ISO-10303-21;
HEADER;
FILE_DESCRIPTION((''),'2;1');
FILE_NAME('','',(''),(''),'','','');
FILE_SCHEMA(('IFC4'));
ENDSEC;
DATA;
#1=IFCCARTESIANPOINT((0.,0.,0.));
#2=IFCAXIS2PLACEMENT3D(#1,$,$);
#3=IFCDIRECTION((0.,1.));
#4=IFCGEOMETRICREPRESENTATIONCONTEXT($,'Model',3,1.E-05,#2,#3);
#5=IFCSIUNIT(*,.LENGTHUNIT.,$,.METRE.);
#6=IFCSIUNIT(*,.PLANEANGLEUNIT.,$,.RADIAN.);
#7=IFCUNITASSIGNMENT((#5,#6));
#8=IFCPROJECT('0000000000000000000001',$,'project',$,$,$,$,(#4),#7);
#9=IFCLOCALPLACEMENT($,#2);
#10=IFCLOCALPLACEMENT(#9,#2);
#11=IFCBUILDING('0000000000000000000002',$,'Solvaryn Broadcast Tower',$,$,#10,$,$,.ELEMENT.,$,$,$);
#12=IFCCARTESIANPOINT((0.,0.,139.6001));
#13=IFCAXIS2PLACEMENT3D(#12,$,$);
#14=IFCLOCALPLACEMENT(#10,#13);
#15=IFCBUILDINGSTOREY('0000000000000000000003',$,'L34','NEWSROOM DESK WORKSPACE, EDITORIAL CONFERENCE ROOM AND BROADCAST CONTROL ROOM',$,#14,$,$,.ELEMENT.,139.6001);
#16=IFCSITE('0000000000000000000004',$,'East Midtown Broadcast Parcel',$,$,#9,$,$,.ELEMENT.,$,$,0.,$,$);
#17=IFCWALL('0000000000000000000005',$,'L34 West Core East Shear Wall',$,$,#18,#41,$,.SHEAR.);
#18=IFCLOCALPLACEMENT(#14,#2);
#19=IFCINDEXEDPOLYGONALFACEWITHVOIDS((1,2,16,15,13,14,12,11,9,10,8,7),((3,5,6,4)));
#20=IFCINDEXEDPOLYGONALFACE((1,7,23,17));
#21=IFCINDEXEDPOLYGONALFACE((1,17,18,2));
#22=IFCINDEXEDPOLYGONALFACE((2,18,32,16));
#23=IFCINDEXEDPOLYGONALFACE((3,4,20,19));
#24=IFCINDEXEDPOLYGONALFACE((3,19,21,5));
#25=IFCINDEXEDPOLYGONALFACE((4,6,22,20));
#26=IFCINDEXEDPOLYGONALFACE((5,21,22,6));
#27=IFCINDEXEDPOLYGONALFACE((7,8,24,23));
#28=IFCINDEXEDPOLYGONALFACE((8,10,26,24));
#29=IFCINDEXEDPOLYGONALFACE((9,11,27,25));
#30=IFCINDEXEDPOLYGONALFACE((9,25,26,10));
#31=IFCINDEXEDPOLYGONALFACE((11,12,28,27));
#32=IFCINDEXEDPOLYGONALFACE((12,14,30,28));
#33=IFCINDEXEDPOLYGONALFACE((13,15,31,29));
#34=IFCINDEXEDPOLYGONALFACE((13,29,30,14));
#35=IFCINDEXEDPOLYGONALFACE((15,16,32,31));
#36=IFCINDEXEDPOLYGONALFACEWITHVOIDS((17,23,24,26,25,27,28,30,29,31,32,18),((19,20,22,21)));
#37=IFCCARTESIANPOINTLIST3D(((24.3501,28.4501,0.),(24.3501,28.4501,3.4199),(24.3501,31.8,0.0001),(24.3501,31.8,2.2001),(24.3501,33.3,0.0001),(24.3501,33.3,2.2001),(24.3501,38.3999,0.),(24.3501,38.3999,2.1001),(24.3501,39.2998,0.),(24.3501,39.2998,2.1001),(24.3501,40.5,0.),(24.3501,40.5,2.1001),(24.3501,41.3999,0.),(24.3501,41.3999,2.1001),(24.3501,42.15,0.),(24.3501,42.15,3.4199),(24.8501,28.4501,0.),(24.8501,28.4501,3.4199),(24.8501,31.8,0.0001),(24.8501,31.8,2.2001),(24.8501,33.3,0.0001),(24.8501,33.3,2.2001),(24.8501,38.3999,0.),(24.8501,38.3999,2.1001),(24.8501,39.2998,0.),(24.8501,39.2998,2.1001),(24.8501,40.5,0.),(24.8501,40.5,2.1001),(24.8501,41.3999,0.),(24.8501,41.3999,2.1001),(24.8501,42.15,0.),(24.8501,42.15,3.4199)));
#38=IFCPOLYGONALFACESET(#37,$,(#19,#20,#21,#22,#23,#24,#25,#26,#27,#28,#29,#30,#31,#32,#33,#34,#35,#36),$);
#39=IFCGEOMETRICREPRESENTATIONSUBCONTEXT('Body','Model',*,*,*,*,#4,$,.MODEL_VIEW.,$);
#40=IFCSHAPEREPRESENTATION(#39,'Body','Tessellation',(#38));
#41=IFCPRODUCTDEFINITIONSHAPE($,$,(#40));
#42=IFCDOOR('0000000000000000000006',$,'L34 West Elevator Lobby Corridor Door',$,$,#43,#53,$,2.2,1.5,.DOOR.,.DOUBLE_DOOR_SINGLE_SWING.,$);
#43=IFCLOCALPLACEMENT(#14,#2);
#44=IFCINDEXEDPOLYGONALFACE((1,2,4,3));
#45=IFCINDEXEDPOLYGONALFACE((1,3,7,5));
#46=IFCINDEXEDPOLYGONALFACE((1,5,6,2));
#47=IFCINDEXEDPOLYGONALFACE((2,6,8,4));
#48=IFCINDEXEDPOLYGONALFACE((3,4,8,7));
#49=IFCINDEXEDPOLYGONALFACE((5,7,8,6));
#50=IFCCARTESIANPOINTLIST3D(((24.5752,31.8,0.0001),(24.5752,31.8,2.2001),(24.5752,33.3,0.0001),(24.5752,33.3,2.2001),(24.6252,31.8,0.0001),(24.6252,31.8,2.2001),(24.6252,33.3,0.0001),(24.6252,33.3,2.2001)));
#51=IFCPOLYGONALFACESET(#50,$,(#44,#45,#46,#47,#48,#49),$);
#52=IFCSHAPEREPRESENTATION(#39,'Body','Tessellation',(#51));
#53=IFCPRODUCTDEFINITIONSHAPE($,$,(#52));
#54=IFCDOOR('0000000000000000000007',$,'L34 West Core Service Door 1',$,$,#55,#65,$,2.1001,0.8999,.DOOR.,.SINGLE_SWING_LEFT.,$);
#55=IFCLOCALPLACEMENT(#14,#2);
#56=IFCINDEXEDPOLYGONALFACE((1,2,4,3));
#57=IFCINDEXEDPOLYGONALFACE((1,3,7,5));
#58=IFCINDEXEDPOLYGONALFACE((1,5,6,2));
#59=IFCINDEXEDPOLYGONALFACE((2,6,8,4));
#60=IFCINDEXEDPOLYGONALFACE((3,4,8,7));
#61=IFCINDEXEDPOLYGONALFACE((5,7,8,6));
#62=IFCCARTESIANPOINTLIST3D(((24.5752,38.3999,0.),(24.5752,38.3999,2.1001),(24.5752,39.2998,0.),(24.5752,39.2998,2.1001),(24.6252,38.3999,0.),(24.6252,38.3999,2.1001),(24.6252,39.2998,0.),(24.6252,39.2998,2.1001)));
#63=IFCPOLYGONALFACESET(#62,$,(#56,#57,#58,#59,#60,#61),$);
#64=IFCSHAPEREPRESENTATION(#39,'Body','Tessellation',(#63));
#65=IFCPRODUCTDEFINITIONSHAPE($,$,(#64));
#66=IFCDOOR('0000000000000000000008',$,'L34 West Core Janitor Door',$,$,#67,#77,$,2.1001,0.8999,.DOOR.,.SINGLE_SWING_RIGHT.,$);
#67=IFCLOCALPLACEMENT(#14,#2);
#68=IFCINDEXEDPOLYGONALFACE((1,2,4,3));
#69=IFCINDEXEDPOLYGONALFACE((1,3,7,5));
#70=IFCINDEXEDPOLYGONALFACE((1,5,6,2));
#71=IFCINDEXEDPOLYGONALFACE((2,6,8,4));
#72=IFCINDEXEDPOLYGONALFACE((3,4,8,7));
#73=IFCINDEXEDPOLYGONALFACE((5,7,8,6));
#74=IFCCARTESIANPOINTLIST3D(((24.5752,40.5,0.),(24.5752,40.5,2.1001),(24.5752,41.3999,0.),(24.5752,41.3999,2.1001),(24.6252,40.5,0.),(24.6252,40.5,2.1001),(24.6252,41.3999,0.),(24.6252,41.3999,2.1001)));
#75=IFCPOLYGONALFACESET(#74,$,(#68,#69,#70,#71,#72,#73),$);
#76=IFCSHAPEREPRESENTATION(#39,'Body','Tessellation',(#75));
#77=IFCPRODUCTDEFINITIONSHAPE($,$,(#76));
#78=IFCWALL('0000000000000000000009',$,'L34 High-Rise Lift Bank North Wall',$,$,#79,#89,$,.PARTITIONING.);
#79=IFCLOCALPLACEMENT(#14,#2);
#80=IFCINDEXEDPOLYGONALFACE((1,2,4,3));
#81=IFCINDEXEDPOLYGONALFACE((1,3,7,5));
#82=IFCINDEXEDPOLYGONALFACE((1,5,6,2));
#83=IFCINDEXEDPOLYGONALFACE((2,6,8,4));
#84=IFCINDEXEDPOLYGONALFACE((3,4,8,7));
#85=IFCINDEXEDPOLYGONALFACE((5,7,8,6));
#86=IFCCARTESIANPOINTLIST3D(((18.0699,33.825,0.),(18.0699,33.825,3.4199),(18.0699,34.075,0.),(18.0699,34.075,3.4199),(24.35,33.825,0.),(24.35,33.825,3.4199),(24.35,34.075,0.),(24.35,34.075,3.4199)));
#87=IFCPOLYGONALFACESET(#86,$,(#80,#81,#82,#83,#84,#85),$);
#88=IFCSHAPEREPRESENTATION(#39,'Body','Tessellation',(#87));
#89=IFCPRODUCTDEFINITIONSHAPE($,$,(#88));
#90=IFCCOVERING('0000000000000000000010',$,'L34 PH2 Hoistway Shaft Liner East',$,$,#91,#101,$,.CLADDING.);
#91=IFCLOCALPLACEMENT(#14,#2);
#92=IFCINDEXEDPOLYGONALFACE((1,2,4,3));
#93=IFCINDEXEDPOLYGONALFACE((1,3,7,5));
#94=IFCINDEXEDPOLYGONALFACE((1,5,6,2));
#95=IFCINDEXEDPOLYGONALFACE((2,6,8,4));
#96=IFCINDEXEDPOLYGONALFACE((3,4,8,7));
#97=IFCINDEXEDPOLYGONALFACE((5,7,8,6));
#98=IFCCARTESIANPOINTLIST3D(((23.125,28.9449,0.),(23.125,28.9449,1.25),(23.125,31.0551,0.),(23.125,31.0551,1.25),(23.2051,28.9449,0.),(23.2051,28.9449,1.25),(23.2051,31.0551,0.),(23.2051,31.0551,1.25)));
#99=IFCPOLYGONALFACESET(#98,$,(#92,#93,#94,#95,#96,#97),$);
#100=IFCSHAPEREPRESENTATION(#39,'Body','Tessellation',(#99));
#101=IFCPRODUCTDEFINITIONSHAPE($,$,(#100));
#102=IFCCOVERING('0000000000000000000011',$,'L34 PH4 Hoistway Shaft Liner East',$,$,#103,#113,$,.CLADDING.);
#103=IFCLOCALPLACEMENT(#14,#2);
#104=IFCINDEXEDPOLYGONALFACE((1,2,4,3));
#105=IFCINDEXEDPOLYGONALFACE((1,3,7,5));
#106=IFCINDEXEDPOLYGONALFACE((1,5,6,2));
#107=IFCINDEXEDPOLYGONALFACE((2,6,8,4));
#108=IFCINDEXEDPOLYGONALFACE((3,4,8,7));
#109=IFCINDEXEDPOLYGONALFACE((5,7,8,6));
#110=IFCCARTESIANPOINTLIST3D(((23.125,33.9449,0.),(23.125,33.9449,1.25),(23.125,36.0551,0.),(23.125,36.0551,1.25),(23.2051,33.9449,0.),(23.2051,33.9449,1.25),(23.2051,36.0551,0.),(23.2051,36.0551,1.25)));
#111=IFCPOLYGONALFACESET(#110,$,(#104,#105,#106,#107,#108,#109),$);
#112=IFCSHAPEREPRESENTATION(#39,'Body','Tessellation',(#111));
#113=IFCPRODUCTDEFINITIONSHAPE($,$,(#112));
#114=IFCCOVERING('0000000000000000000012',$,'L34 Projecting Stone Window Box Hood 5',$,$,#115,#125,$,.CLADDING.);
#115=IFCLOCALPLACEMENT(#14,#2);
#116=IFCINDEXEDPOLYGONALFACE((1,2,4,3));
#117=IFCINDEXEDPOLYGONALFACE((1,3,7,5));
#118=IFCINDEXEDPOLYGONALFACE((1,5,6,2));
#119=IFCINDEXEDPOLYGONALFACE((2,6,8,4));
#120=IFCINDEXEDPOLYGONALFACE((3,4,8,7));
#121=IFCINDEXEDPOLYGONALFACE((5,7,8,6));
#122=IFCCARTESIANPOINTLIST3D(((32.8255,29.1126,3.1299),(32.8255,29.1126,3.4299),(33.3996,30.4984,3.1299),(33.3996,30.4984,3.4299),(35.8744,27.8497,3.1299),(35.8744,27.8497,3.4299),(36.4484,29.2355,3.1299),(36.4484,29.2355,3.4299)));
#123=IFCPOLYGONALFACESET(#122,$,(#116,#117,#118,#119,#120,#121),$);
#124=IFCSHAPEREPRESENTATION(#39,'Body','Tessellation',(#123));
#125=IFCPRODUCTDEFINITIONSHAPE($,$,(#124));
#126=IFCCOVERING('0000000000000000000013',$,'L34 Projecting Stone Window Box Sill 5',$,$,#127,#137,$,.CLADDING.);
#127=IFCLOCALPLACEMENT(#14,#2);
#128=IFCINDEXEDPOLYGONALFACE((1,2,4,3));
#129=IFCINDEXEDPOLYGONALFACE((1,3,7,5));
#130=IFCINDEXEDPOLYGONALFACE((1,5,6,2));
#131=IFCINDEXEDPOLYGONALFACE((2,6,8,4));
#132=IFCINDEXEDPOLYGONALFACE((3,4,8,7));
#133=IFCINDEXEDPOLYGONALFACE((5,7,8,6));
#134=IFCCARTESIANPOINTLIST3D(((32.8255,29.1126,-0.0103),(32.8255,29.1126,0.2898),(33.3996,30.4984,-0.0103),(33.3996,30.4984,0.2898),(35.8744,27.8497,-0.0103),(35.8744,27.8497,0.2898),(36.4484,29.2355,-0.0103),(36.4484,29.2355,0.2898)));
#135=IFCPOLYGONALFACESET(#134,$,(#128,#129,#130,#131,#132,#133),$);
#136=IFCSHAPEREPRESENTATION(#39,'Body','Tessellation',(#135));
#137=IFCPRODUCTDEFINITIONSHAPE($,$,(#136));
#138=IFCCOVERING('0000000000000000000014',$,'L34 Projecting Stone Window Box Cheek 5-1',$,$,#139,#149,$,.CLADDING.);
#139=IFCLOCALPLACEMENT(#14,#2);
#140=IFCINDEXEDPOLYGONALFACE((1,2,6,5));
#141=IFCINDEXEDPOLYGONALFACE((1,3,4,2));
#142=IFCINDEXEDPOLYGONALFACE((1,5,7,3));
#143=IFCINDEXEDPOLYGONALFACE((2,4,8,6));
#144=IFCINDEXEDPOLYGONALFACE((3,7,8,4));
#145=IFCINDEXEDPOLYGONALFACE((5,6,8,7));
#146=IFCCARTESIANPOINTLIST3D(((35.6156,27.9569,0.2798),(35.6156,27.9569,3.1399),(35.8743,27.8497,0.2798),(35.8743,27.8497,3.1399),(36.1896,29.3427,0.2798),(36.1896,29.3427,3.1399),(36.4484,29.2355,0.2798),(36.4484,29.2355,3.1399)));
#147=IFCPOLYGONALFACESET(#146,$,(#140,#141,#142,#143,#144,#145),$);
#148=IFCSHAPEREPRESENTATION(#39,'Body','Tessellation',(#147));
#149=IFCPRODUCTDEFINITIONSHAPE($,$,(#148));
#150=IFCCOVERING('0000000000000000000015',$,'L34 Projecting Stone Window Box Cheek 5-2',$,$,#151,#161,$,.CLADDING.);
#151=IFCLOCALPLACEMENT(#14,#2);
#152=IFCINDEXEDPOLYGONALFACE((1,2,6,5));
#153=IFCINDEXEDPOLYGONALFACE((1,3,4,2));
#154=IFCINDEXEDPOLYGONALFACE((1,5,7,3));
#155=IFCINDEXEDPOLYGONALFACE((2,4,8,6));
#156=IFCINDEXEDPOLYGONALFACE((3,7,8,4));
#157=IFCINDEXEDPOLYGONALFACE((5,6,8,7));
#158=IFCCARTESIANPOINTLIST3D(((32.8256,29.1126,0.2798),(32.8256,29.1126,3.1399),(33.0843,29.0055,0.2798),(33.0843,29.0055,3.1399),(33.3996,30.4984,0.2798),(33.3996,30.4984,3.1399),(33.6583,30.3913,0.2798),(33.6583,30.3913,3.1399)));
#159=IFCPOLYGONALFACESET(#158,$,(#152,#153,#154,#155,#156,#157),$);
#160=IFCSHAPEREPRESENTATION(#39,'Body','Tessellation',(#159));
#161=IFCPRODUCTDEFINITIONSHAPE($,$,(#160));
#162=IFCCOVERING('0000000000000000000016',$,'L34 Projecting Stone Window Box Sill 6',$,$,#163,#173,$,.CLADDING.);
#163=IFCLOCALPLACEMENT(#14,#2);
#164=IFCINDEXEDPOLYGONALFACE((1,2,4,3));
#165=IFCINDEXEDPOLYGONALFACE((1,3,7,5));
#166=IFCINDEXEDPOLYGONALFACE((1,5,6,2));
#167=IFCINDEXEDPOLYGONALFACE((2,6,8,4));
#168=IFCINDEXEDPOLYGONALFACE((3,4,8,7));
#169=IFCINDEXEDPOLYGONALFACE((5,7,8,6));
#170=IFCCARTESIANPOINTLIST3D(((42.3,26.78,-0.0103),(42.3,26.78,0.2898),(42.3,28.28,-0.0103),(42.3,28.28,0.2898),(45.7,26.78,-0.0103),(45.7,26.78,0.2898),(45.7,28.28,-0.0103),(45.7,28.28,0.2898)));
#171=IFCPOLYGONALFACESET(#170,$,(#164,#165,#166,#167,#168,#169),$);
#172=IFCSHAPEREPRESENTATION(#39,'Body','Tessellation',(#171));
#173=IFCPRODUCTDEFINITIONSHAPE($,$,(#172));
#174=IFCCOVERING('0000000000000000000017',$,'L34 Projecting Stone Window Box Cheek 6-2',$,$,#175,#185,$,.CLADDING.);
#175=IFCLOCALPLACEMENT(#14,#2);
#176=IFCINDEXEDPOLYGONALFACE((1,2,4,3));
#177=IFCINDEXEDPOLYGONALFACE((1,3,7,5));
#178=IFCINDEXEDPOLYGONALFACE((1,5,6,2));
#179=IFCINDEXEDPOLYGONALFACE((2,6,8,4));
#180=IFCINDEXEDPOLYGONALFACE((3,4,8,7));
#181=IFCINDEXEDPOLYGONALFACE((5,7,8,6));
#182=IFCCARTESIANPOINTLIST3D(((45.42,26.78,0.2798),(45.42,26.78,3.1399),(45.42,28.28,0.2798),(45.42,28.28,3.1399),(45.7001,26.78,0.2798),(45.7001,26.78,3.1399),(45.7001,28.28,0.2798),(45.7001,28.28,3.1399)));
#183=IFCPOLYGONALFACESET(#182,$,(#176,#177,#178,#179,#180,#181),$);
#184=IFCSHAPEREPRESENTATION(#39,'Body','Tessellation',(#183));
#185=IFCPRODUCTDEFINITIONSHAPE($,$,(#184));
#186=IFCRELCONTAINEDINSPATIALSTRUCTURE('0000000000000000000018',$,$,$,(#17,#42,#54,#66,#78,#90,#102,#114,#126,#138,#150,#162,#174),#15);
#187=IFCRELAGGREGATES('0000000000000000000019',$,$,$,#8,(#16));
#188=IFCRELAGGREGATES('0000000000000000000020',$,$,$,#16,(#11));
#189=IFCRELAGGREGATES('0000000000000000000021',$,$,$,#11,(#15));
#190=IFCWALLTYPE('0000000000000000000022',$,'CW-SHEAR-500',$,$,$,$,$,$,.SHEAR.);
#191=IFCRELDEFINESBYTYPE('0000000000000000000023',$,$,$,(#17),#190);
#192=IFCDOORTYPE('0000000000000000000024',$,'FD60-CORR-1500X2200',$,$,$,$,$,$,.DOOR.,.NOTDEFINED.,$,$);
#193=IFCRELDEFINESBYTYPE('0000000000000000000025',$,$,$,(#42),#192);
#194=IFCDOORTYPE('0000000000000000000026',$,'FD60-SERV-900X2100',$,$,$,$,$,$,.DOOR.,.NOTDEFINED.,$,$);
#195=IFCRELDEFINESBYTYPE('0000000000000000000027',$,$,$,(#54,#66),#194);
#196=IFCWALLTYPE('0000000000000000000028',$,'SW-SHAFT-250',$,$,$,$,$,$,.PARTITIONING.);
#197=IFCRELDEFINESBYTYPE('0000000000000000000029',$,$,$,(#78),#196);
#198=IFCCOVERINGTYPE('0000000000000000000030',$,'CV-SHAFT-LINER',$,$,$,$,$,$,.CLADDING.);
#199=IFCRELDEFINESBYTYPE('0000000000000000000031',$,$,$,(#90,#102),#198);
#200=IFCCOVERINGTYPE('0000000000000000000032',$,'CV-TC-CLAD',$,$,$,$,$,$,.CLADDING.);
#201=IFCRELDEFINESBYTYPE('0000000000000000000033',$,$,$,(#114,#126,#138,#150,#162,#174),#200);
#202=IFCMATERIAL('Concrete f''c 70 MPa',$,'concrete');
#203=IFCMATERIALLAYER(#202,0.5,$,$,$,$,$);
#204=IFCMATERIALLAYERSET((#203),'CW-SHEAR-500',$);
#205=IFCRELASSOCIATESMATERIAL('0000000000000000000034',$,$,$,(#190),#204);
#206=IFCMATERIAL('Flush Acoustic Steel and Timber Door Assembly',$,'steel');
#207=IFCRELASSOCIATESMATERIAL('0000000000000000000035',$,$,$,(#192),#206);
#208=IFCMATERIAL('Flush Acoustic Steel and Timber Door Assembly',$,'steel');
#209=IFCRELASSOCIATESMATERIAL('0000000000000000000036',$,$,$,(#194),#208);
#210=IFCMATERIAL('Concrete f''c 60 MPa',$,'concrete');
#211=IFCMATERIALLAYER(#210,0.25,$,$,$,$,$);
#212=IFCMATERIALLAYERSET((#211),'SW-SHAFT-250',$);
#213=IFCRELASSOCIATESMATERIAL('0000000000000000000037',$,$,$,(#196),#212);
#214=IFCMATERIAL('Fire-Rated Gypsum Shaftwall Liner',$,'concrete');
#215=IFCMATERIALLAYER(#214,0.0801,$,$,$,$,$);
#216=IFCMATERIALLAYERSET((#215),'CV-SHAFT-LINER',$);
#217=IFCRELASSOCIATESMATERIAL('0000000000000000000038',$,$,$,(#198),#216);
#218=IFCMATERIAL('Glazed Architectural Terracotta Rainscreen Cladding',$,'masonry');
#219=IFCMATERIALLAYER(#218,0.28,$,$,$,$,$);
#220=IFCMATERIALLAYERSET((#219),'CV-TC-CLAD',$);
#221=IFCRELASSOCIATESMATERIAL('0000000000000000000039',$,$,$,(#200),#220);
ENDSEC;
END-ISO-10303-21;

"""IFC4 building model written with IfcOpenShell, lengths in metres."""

from ifc_helpers import new_model, si_unit, direction, frame, frame_2d, origin, origin_2d, place, context, subcontext, project, spatial, rectangle, extrude, material, layer, layer_set, type_object, element, fill, save


model = new_model("IFC4")

# Units and contexts
model_context = context("Model", 3, precision=1e-05, world=origin(), true_north=direction((0.0, 1.0)))
body_context = subcontext(model_context, "Body", "Model", "MODEL_VIEW")
ifc_project = project(units=[si_unit("LENGTHUNIT", "METRE"), si_unit("PLANEANGLEUNIT", "RADIAN")], contexts=[model_context])

# Site, building, storey
site_placement = place(None, origin())
site = spatial("IfcSite", under=ifc_project, at=site_placement, Name="East Midtown Broadcast Parcel", CompositionType="ELEMENT", RefElevation=0.0)
building_placement = place(site_placement, origin())
building = spatial("IfcBuilding", under=site, at=building_placement, Name="Solvaryn Broadcast Tower", CompositionType="ELEMENT")
storey_placement = place(building_placement, frame((0.0, 0.0, 139.6001)))
storey = spatial("IfcBuildingStorey", under=building, at=storey_placement, Name="L34", Description="NEWSROOM DESK WORKSPACE, EDITORIAL CONFERENCE ROOM AND BROADCAST CONTROL ROOM", CompositionType="ELEMENT", Elevation=139.6001)

# Wall, openings, doors
ifc_material_1 = material(Name="Concrete f'c 70 MPa", Category="concrete")
ifc_layer_1 = layer(ifc_material_1, 0.5)
ifc_layer_set_1 = layer_set([ifc_layer_1], Name="CW-SHEAR-500")
wall_type_1 = type_object("IfcWallType", Name="CW-SHEAR-500", PredefinedType="SHEAR", material=ifc_layer_set_1)
wall_1_placement = place(storey_placement, frame((24.6001, 28.45, 0.0), z_axis=(0.0, 0.0, 1.0), x_axis=(0.0, 1.0, 0.0)))
wall_1 = element("IfcWall", 1, at=wall_1_placement, inside=storey, type_object=wall_type_1, Name="L34 West Core East Shear Wall", PredefinedType="SHEAR", context=body_context, shape_type="SweptSolid", body=[
    extrude(rectangle(XDim=13.7, YDim=0.5, at=frame_2d((6.8501, 0.0))), origin(), (0.0, 0.0, 1.0), 3.4199),
])
opening_1_placement = place(wall_1_placement, frame((3.3501, 0.0, 0.0)))
opening_1 = element("IfcOpeningElement", 2, at=opening_1_placement, cuts=wall_1, PredefinedType="OPENING", context=body_context, shape_type="SweptSolid", body=[
    extrude(rectangle(XDim=1.5, YDim=2.2, at=frame_2d((0.75, 1.1001))), frame((0.0, 0.26, 0.0), z_axis=(0.0, -1.0, 0.0), x_axis=(1.0, 0.0, 0.0)), (0.0, 0.0, 1.0), 0.52),
])
opening_2_placement = place(wall_1_placement, frame((9.95, 0.0, 0.0)))
opening_2 = element("IfcOpeningElement", 3, at=opening_2_placement, cuts=wall_1, PredefinedType="OPENING", context=body_context, shape_type="SweptSolid", body=[
    extrude(rectangle(XDim=0.8999, YDim=2.1001, at=frame_2d((0.45, 1.05))), frame((0.0, 0.26, 0.0), z_axis=(0.0, -1.0, 0.0), x_axis=(1.0, 0.0, 0.0)), (0.0, 0.0, 1.0), 0.52),
])
opening_3_placement = place(wall_1_placement, frame((12.05, 0.0, 0.0)))
opening_3 = element("IfcOpeningElement", 4, at=opening_3_placement, cuts=wall_1, PredefinedType="OPENING", context=body_context, shape_type="SweptSolid", body=[
    extrude(rectangle(XDim=0.8999, YDim=2.1001, at=frame_2d((0.45, 1.05))), frame((0.0, 0.26, 0.0), z_axis=(0.0, -1.0, 0.0), x_axis=(1.0, 0.0, 0.0)), (0.0, 0.0, 1.0), 0.52),
])
ifc_material_2 = material(Name="Flush Acoustic Steel and Timber Door Assembly", Category="steel")
door_type_1 = type_object("IfcDoorType", Name="FD60-CORR-1500X2200", OperationType="NOTDEFINED", PredefinedType="DOOR", material=ifc_material_2)
door_1_placement = place(opening_1_placement, origin())
door_1 = element("IfcDoor", 5, at=door_1_placement, inside=storey, type_object=door_type_1, Name="L34 West Elevator Lobby Corridor Door", OperationType="DOUBLE_DOOR_SINGLE_SWING", OverallHeight=2.2, OverallWidth=1.5, PredefinedType="DOOR", context=body_context, shape_type="SweptSolid", body=[
    extrude(rectangle(XDim=1.5, YDim=2.2, at=frame_2d((0.75, 1.1001))), frame((0.0, 0.0249, 0.0), z_axis=(0.0, -1.0, 0.0), x_axis=(1.0, 0.0, 0.0)), (0.0, 0.0, 1.0), 0.05),
])
fill(opening_1, door_1)
ifc_material_3 = material(Name="Flush Acoustic Steel and Timber Door Assembly", Category="steel")
door_type_2 = type_object("IfcDoorType", Name="FD60-SERV-900X2100", OperationType="NOTDEFINED", PredefinedType="DOOR", material=ifc_material_3)
door_2_placement = place(opening_2_placement, origin())
door_2 = element("IfcDoor", 6, at=door_2_placement, inside=storey, type_object=door_type_2, Name="L34 West Core Service Door 1", OperationType="SINGLE_SWING_LEFT", OverallHeight=2.1001, OverallWidth=0.8999, PredefinedType="DOOR", context=body_context, shape_type="SweptSolid", body=[
    extrude(rectangle(XDim=0.8999, YDim=2.1001, at=frame_2d((0.45, 1.05))), frame((0.0, 0.0249, 0.0), z_axis=(0.0, -1.0, 0.0), x_axis=(1.0, 0.0, 0.0)), (0.0, 0.0, 1.0), 0.05),
])
fill(opening_2, door_2)
door_3_placement = place(opening_3_placement, origin())
door_3 = element("IfcDoor", 7, at=door_3_placement, inside=storey, type_object=door_type_2, Name="L34 West Core Janitor Door", OperationType="SINGLE_SWING_RIGHT", OverallHeight=2.1001, OverallWidth=0.8999, PredefinedType="DOOR", context=body_context, shape_type="SweptSolid", body=[
    extrude(rectangle(XDim=0.8999, YDim=2.1001, at=frame_2d((0.45, 1.05))), frame((0.0, 0.0249, 0.0), z_axis=(0.0, -1.0, 0.0), x_axis=(1.0, 0.0, 0.0)), (0.0, 0.0, 1.0), 0.05),
])
fill(opening_3, door_3)

# Wall
ifc_material_4 = material(Name="Concrete f'c 60 MPa", Category="concrete")
ifc_layer_2 = layer(ifc_material_4, 0.25)
ifc_layer_set_2 = layer_set([ifc_layer_2], Name="SW-SHAFT-250")
wall_type_2 = type_object("IfcWallType", Name="SW-SHAFT-250", PredefinedType="PARTITIONING", material=ifc_layer_set_2)
wall_2_placement = place(storey_placement, frame((24.3501, 33.95, 0.0), z_axis=(0.0, 0.0, 1.0), x_axis=(-1.0, 0.0, 0.0)))
element("IfcWall", 8, at=wall_2_placement, inside=storey, type_object=wall_type_2, Name="L34 High-Rise Lift Bank North Wall", PredefinedType="PARTITIONING", context=body_context, shape_type="SweptSolid", body=[
    extrude(rectangle(XDim=6.28, YDim=0.25, at=frame_2d((3.1401, 0.0))), origin(), (0.0, 0.0, 1.0), 3.4199),
])

# Coverings
ifc_material_5 = material(Name="Fire-Rated Gypsum Shaftwall Liner", Category="concrete")
ifc_layer_3 = layer(ifc_material_5, 0.0801)
ifc_layer_set_3 = layer_set([ifc_layer_3], Name="CV-SHAFT-LINER")
covering_type_1 = type_object("IfcCoveringType", Name="CV-SHAFT-LINER", PredefinedType="CLADDING", material=ifc_layer_set_3)
for number, where, z_axis, x_axis, name in (
    (9, (23.165, 30.0, 0.0), (0.0, 0.0, 1.0), (1.0, 0.0, 0.0), "L34 PH2 Hoistway Shaft Liner East"),
    (10, (23.165, 35.0, 0.0), (0.0, 0.0, 1.0), (1.0, 0.0, 0.0), "L34 PH4 Hoistway Shaft Liner East"),
):
    element("IfcCovering", number, at=place(storey_placement, frame(where, z_axis=z_axis, x_axis=x_axis)), inside=storey, type_object=covering_type_1, Name=name, PredefinedType="CLADDING", context=body_context, shape_type="SweptSolid", body=[
        extrude(rectangle(XDim=0.0801, YDim=2.1101, at=origin_2d()), origin(), (0.0, 0.0, 1.0), 1.25),
    ])
ifc_material_6 = material(Name="Glazed Architectural Terracotta Rainscreen Cladding", Category="masonry")
ifc_layer_4 = layer(ifc_material_6, 0.28)
ifc_layer_set_4 = layer_set([ifc_layer_4], Name="CV-TC-CLAD")
covering_type_2 = type_object("IfcCoveringType", Name="CV-TC-CLAD", PredefinedType="CLADDING", material=ifc_layer_set_4)
for number, where, z_axis, x_axis, name in (
    (11, (34.637, 29.1741, 3.1299), (0.0, 0.0, 1.0), (-0.92388, 0.382683, 0.0), "L34 Projecting Stone Window Box Hood 5"),
    (12, (34.637, 29.1741, -0.0103), (0.0, 0.0, 1.0), (-0.92388, 0.382683, 0.0), "L34 Projecting Stone Window Box Sill 5"),
):
    element("IfcCovering", number, at=place(storey_placement, frame(where, z_axis=z_axis, x_axis=x_axis)), inside=storey, type_object=covering_type_2, Name=name, PredefinedType="CLADDING", context=body_context, shape_type="SweptSolid", body=[
        extrude(rectangle(XDim=3.3, YDim=1.5, at=origin_2d()), origin(), (0.0, 0.0, 1.0), 0.3),
    ])
for number, where, z_axis, x_axis, name in (
    (13, (36.032, 28.5962, 0.2798), (0.0, 0.0, 1.0), (-0.92388, 0.382683, 0.0), "L34 Projecting Stone Window Box Cheek 5-1"),
    (14, (33.2419, 29.752, 0.2798), (0.0, 0.0, 1.0), (-0.92388, 0.382683, 0.0), "L34 Projecting Stone Window Box Cheek 5-2"),
):
    element("IfcCovering", number, at=place(storey_placement, frame(where, z_axis=z_axis, x_axis=x_axis)), inside=storey, type_object=covering_type_2, Name=name, PredefinedType="CLADDING", context=body_context, shape_type="SweptSolid", body=[
        extrude(rectangle(XDim=0.28, YDim=1.5, at=origin_2d()), origin(), (0.0, 0.0, 1.0), 2.8601),
    ])
covering_1_placement = place(storey_placement, frame((44.0, 27.53, -0.0103), z_axis=(0.0, 0.0, 1.0), x_axis=(1.0, 0.0, 0.0)))
element("IfcCovering", 15, at=covering_1_placement, inside=storey, type_object=covering_type_2, Name="L34 Projecting Stone Window Box Sill 6", PredefinedType="CLADDING", context=body_context, shape_type="SweptSolid", body=[
    extrude(rectangle(XDim=3.3999, YDim=1.5, at=origin_2d()), origin(), (0.0, 0.0, 1.0), 0.3),
])
covering_2_placement = place(storey_placement, frame((45.5601, 27.53, 0.2798), z_axis=(0.0, 0.0, 1.0), x_axis=(1.0, 0.0, 0.0)))
element("IfcCovering", 16, at=covering_2_placement, inside=storey, type_object=covering_type_2, Name="L34 Projecting Stone Window Box Cheek 6-2", PredefinedType="CLADDING", context=body_context, shape_type="SweptSolid", body=[
    extrude(rectangle(XDim=0.28, YDim=1.5, at=origin_2d()), origin(), (0.0, 0.0, 1.0), 2.8601),
])

save(model, "model.ifc")
